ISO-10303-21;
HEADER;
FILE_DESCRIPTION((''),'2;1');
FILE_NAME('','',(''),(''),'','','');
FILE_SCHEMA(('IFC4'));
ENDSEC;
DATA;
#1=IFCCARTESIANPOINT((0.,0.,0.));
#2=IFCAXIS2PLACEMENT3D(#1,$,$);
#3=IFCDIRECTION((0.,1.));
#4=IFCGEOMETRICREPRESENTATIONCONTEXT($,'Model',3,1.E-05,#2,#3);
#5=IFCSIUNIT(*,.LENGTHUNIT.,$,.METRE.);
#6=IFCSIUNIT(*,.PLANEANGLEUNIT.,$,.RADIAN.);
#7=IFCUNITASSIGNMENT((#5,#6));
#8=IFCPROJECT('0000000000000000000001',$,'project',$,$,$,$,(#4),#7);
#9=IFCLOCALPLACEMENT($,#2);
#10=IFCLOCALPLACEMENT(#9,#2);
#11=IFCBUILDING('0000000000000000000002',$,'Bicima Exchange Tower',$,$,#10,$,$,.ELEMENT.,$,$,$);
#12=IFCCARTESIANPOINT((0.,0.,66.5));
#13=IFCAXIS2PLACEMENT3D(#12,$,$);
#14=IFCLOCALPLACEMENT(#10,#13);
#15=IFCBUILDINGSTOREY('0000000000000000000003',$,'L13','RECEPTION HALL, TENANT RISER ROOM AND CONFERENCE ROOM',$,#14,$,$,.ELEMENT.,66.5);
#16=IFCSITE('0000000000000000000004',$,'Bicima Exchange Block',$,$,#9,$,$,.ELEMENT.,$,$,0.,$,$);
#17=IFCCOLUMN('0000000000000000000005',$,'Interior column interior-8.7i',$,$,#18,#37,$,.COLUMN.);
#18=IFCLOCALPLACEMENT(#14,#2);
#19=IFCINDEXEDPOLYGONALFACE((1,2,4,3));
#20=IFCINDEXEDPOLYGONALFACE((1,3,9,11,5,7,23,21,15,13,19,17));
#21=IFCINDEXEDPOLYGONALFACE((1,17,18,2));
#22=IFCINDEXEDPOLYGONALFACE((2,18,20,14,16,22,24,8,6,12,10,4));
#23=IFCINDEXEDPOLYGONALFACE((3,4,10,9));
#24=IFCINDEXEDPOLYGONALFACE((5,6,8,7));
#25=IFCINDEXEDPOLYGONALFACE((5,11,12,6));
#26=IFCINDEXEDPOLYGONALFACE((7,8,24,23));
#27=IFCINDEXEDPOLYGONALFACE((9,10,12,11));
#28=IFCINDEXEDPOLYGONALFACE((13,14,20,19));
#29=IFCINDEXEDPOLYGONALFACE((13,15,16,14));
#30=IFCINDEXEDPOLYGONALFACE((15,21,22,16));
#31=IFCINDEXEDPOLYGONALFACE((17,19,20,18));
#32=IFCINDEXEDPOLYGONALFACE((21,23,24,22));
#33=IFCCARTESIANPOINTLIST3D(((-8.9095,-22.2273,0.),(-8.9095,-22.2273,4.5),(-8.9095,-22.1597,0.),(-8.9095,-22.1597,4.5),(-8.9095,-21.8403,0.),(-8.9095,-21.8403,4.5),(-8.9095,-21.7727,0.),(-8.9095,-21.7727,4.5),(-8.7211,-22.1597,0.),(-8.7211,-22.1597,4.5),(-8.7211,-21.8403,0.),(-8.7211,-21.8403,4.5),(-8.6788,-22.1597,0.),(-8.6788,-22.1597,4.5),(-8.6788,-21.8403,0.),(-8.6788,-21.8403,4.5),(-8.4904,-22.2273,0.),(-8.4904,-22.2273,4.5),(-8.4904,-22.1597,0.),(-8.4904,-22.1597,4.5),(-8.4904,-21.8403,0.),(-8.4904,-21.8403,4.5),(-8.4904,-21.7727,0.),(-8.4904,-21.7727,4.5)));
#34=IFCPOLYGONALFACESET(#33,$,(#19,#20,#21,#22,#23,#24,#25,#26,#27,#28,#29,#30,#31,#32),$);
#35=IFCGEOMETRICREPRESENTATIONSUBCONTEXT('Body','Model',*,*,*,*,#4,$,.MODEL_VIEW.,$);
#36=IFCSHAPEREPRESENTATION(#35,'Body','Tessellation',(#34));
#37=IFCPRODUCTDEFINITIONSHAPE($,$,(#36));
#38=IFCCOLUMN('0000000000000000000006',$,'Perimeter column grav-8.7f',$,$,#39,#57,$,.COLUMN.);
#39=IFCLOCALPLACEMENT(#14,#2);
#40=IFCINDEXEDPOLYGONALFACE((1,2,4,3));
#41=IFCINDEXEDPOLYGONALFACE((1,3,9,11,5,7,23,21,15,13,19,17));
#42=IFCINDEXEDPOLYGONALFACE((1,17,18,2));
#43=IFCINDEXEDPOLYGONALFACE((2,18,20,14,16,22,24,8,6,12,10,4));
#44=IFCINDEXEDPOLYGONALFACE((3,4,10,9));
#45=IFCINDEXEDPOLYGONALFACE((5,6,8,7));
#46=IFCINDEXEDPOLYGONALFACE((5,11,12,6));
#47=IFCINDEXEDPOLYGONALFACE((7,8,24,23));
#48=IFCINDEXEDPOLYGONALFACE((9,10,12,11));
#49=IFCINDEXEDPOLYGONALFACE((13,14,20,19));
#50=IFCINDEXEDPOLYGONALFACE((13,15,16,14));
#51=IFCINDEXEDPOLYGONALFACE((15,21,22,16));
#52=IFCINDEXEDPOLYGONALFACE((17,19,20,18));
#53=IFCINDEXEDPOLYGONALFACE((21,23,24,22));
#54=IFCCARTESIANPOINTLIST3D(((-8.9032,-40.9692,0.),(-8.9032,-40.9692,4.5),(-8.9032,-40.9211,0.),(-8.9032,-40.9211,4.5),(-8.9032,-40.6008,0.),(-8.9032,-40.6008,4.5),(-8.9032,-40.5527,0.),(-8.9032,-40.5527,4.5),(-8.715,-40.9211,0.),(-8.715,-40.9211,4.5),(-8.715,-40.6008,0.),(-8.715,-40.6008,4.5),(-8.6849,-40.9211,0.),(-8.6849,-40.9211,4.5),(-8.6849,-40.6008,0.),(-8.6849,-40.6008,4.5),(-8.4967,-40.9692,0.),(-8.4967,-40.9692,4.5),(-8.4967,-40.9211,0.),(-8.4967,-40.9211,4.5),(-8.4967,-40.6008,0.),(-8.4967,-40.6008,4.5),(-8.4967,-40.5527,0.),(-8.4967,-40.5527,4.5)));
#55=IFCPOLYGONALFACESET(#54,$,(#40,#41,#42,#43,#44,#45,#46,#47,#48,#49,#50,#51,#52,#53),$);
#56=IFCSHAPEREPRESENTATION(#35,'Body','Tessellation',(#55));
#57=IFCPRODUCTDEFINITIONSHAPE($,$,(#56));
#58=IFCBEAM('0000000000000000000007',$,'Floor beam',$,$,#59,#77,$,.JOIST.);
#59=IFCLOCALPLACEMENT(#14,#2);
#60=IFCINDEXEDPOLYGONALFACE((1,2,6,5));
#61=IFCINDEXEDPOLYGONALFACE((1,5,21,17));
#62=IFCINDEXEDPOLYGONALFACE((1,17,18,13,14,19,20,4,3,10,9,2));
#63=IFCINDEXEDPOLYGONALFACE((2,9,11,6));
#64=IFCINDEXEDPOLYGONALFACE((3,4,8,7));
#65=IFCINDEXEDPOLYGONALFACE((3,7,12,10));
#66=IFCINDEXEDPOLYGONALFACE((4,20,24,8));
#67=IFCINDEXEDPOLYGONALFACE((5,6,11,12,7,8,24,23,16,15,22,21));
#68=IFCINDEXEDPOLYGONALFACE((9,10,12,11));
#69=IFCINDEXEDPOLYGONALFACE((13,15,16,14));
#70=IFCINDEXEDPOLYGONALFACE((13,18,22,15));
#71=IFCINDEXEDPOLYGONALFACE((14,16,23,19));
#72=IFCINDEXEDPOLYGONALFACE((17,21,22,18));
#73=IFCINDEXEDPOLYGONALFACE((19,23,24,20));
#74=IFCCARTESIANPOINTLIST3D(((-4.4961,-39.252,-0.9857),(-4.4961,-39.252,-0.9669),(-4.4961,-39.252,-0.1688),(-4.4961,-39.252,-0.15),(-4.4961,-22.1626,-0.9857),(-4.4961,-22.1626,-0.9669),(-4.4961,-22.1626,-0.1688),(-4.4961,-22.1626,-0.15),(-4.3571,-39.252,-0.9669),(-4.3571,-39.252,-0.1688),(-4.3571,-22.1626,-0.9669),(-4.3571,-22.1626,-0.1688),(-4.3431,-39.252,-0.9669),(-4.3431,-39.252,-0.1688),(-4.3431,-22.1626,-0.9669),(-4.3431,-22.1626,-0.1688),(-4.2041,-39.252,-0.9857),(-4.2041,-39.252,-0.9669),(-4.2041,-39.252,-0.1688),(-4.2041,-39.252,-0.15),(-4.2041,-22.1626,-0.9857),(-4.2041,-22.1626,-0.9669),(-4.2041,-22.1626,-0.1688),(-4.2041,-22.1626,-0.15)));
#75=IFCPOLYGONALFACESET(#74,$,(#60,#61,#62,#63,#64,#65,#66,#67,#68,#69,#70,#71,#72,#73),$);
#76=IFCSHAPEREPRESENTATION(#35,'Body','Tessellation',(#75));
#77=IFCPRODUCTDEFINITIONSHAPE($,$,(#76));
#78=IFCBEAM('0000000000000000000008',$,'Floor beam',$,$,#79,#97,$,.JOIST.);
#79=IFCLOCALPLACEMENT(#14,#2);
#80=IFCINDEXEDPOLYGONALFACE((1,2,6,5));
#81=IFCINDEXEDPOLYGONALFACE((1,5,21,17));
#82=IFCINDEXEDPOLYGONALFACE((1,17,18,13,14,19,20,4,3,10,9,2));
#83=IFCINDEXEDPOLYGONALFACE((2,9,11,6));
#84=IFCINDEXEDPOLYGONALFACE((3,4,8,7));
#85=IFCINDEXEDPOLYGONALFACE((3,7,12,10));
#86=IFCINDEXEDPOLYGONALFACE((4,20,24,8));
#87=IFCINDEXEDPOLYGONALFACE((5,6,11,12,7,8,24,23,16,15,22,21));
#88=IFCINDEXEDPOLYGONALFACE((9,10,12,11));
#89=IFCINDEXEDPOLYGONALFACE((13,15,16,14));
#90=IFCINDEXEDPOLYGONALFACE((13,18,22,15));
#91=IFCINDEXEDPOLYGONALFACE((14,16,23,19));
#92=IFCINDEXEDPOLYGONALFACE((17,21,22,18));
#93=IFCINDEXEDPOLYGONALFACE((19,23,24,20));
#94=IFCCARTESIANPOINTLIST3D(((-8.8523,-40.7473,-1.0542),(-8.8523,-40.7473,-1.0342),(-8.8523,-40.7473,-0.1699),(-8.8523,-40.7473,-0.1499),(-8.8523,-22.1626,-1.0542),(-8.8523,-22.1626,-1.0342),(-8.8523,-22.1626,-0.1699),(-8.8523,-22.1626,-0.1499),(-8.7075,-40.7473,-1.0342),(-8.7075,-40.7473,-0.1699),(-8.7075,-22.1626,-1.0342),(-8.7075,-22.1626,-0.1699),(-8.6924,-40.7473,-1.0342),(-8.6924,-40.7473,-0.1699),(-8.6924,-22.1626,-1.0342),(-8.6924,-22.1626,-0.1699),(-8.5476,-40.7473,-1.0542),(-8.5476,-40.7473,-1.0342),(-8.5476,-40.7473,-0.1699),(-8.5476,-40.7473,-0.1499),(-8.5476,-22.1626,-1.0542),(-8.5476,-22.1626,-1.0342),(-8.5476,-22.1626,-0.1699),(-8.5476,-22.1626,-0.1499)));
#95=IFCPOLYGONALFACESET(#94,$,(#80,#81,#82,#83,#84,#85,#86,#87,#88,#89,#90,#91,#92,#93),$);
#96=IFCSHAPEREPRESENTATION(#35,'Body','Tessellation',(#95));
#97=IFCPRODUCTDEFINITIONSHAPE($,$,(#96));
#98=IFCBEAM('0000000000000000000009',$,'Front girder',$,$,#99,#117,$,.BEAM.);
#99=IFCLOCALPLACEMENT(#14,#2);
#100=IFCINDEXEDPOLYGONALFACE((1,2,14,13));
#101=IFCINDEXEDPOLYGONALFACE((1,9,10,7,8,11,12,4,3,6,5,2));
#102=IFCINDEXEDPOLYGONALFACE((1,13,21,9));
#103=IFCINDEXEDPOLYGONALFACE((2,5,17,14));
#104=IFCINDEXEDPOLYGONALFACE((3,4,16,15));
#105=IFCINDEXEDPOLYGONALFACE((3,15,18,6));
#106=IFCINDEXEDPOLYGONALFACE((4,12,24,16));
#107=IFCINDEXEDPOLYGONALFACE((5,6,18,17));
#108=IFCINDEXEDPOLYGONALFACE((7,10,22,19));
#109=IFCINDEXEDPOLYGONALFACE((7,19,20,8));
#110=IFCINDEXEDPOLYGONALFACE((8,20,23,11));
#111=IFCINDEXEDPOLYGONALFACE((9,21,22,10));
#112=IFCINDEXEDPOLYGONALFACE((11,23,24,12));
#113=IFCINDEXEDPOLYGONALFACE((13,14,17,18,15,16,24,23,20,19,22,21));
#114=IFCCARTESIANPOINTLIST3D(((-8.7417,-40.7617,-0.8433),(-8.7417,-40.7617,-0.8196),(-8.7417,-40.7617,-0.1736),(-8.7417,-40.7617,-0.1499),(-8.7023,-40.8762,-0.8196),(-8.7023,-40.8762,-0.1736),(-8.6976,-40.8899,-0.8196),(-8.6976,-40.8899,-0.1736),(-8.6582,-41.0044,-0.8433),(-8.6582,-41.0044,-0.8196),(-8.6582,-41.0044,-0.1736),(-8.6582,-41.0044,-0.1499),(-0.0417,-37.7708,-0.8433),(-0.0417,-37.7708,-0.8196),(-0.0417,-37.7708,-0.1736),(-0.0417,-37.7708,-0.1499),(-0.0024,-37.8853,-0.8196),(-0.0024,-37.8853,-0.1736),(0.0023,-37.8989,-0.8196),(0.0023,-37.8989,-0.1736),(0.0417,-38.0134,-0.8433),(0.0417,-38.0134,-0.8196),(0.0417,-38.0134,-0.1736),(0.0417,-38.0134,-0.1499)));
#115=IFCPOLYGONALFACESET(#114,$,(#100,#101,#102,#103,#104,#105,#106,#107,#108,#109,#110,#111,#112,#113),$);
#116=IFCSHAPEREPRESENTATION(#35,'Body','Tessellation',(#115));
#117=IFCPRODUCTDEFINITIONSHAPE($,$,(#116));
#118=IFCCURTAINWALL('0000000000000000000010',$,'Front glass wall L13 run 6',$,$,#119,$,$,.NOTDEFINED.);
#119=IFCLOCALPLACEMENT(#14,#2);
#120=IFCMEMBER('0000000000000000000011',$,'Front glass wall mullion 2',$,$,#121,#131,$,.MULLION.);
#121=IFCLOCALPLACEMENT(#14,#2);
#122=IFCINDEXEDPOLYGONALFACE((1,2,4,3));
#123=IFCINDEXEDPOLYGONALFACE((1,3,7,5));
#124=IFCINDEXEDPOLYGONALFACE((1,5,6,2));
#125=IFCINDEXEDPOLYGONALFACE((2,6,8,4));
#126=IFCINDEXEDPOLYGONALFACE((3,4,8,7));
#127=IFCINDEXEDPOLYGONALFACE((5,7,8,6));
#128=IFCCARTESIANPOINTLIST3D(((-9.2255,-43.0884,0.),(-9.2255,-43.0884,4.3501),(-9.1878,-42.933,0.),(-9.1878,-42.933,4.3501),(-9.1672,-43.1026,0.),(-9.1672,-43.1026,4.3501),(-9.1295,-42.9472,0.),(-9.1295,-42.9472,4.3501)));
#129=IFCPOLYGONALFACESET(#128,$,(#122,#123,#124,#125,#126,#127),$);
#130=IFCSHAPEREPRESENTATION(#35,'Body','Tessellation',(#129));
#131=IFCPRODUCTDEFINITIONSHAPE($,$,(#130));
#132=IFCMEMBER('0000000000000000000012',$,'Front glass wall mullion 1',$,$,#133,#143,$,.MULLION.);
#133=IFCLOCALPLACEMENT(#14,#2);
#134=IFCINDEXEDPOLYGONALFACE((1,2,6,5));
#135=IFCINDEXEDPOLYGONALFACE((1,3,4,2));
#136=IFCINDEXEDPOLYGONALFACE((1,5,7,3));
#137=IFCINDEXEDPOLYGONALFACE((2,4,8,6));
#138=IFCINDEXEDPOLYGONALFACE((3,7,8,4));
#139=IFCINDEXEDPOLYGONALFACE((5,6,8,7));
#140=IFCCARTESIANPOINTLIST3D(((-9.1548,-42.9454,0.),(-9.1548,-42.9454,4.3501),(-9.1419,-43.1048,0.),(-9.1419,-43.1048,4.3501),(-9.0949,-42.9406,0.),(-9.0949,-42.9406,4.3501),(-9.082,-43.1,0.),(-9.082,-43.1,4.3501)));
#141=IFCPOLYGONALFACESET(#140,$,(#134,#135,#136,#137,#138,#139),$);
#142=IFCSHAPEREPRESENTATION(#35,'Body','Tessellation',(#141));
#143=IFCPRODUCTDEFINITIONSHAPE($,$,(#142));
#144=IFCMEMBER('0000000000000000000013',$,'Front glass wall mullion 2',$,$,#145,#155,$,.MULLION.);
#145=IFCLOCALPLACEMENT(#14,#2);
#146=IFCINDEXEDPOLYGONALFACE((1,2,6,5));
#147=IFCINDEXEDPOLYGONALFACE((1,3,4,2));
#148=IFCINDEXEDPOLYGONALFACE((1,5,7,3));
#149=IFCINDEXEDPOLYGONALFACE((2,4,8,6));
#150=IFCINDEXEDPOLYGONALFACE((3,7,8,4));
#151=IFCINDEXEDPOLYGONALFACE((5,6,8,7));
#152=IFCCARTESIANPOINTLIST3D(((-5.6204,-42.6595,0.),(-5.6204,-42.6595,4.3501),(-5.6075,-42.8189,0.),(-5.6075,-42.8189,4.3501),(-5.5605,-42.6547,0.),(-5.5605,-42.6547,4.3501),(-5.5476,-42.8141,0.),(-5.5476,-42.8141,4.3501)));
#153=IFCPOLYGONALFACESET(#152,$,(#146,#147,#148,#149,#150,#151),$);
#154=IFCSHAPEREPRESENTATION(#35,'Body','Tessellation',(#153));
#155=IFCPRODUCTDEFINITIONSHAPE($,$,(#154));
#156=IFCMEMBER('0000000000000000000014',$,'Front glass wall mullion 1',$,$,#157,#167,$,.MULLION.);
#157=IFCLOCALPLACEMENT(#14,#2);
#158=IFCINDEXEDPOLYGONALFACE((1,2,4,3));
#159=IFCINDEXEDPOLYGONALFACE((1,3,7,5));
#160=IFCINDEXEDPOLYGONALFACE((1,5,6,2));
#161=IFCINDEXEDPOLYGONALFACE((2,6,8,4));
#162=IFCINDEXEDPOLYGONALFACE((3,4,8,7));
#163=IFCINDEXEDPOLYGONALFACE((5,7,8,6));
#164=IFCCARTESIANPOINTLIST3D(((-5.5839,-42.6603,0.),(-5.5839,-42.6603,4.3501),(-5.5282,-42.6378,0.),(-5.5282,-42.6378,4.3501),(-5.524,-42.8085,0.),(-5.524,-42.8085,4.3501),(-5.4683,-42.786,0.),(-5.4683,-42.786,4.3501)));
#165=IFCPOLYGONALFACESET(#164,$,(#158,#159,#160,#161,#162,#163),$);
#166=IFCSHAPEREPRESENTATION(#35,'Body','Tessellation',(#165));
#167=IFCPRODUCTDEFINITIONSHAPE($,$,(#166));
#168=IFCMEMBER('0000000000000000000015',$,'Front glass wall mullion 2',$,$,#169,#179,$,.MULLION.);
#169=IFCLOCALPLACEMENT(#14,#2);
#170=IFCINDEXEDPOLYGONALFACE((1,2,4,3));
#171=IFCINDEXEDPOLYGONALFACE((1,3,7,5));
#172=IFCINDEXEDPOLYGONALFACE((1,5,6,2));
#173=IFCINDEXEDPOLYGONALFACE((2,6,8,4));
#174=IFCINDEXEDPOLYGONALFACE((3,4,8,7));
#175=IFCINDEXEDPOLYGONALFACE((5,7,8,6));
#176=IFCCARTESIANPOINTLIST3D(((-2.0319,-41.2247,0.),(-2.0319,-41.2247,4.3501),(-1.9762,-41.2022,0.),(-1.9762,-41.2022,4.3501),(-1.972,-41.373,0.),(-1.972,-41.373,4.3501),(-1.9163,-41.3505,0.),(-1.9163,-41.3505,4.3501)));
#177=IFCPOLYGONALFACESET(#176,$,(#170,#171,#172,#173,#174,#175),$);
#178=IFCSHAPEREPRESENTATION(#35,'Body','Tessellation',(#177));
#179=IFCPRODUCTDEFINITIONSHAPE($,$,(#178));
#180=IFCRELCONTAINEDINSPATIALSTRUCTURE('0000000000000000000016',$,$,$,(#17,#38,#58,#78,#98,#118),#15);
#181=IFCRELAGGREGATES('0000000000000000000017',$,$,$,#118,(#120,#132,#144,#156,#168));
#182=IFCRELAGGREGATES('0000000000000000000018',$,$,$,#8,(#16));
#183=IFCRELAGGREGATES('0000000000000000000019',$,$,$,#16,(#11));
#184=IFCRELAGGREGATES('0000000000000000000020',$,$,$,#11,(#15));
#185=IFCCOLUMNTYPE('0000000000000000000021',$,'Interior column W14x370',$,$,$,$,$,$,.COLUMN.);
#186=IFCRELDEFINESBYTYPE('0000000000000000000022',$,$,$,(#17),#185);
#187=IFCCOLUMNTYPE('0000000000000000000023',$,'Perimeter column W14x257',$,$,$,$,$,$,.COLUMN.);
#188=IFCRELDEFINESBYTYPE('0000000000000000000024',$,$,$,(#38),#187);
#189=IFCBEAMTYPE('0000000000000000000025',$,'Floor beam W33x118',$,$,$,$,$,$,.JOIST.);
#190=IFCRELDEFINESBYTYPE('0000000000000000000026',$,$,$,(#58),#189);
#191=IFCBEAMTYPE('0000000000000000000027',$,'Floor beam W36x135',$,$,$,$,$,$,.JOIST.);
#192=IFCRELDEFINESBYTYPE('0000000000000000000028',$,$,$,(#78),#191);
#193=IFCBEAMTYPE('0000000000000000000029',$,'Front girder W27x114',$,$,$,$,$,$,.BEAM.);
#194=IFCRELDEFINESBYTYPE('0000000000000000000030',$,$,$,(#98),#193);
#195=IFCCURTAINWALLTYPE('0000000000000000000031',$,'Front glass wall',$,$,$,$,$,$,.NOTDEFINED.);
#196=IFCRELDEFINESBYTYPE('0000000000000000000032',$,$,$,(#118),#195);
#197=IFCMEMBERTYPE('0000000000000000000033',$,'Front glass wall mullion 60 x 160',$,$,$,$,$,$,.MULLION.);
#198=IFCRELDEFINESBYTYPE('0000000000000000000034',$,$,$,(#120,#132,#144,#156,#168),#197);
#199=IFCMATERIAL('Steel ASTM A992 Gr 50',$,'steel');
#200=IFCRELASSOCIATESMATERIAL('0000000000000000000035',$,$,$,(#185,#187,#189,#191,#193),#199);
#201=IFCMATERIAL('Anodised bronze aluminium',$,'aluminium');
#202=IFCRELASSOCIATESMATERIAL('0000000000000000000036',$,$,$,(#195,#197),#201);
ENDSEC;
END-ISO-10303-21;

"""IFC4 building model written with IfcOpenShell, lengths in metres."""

from ifc_helpers import new_model, si_unit, direction, frame, origin, origin_2d, place, context, subcontext, project, spatial, rectangle, i_section, extrude, material, material_profile, profile_set, type_object, element, aggregate, save


model = new_model("IFC4")

# Units and contexts
model_context = context("Model", 3, precision=1e-05, world=origin(), true_north=direction((0.0, 1.0)))
body_context = subcontext(model_context, "Body", "Model", "MODEL_VIEW")
ifc_project = project(units=[si_unit("LENGTHUNIT", "METRE"), si_unit("PLANEANGLEUNIT", "RADIAN")], contexts=[model_context])

# Site, building, storey
site_placement = place(None, origin())
site = spatial("IfcSite", under=ifc_project, at=site_placement, Name="Bicima Exchange Block", CompositionType="ELEMENT", RefElevation=0.0)
building_placement = place(site_placement, origin())
building = spatial("IfcBuilding", under=site, at=building_placement, Name="Bicima Exchange Tower", CompositionType="ELEMENT")
storey_placement = place(building_placement, frame((0.0, 0.0, 66.5)))
storey = spatial("IfcBuildingStorey", under=building, at=storey_placement, Name="L13", Description="RECEPTION HALL, TENANT RISER ROOM AND CONFERENCE ROOM", CompositionType="ELEMENT", Elevation=66.5)

# Columns
ifc_material_1 = material(Name="Steel ASTM A992 Gr 50", Category="steel")
ifc_material_profile_1 = material_profile(ifc_material_1, i_section(OverallWidth=0.4192, OverallDepth=0.4546, WebThickness=0.0422, FlangeThickness=0.0676, at=origin_2d()))
ifc_profile_set_1 = profile_set([ifc_material_profile_1], Name="Steel ASTM A992 Gr 50")
column_type_1 = type_object("IfcColumnType", Name="Interior column W14x370", PredefinedType="COLUMN", material=ifc_profile_set_1)
column_1_placement = place(storey_placement, frame((-8.7, -22.0, 0.0), z_axis=(0.0, 0.0, 1.0), x_axis=(1.0, 0.0, 0.0)))
element("IfcColumn", 1, at=column_1_placement, inside=storey, type_object=column_type_1, Name="Interior column interior-8.7i", PredefinedType="COLUMN", context=body_context, shape_type="SweptSolid", body=[
    extrude(i_section(OverallWidth=0.4192, OverallDepth=0.4546, WebThickness=0.0422, FlangeThickness=0.0676, at=origin_2d()), origin(), (0.0, 0.0, 1.0), 4.5),
])
ifc_material_profile_2 = material_profile(ifc_material_1, i_section(OverallWidth=0.4065, OverallDepth=0.4165, WebThickness=0.03, FlangeThickness=0.0481, at=origin_2d()))
ifc_profile_set_2 = profile_set([ifc_material_profile_2], Name="Steel ASTM A992 Gr 50")
column_type_2 = type_object("IfcColumnType", Name="Perimeter column W14x257", PredefinedType="COLUMN", material=ifc_profile_set_2)
column_2_placement = place(storey_placement, frame((-8.7, -40.761, 0.0), z_axis=(0.0, 0.0, 1.0), x_axis=(1.0, 0.0, 0.0)))
element("IfcColumn", 2, at=column_2_placement, inside=storey, type_object=column_type_2, Name="Perimeter column grav-8.7f", PredefinedType="COLUMN", context=body_context, shape_type="SweptSolid", body=[
    extrude(i_section(OverallWidth=0.4065, OverallDepth=0.4165, WebThickness=0.03, FlangeThickness=0.0481, at=origin_2d()), origin(), (0.0, 0.0, 1.0), 4.5),
])

# Beams
ifc_material_profile_3 = material_profile(ifc_material_1, i_section(OverallWidth=0.292, OverallDepth=0.8357, WebThickness=0.0139, FlangeThickness=0.0188, at=origin_2d()))
ifc_profile_set_3 = profile_set([ifc_material_profile_3], Name="Steel ASTM A992 Gr 50")
beam_type_1 = type_object("IfcBeamType", Name="Floor beam W33x118", PredefinedType="JOIST", material=ifc_profile_set_3)
beam_1_placement = place(storey_placement, frame((-4.3501, -22.1626, -0.5679), z_axis=(0.0, -1.0, 0.0), x_axis=(1.0, 0.0, 0.0)))
element("IfcBeam", 3, at=beam_1_placement, inside=storey, type_object=beam_type_1, Name="Floor beam", PredefinedType="JOIST", context=body_context, shape_type="SweptSolid", body=[
    extrude(i_section(OverallWidth=0.292, OverallDepth=0.8357, WebThickness=0.0139, FlangeThickness=0.0188, at=origin_2d()), origin(), (0.0, 0.0, 1.0), 17.0894),
])
ifc_material_profile_4 = material_profile(ifc_material_1, i_section(OverallWidth=0.3047, OverallDepth=0.9043, WebThickness=0.0151, FlangeThickness=0.02, at=origin_2d()))
ifc_profile_set_4 = profile_set([ifc_material_profile_4], Name="Steel ASTM A992 Gr 50")
beam_type_2 = type_object("IfcBeamType", Name="Floor beam W36x135", PredefinedType="JOIST", material=ifc_profile_set_4)
beam_2_placement = place(storey_placement, frame((-8.7, -22.1626, -0.6021), z_axis=(0.0, -1.0, 0.0), x_axis=(1.0, 0.0, 0.0)))
element("IfcBeam", 4, at=beam_2_placement, inside=storey, type_object=beam_type_2, Name="Floor beam", PredefinedType="JOIST", context=body_context, shape_type="SweptSolid", body=[
    extrude(i_section(OverallWidth=0.3047, OverallDepth=0.9043, WebThickness=0.0151, FlangeThickness=0.02, at=origin_2d()), origin(), (0.0, 0.0, 1.0), 18.5847),
])
ifc_material_profile_5 = material_profile(ifc_material_1, i_section(OverallWidth=0.2566, OverallDepth=0.6934, WebThickness=0.0144, FlangeThickness=0.0237, at=origin_2d()))
ifc_profile_set_5 = profile_set([ifc_material_profile_5], Name="Steel ASTM A992 Gr 50")
beam_type_3 = type_object("IfcBeamType", Name="Front girder W27x114", PredefinedType="BEAM", material=ifc_profile_set_5)
beam_3_placement = place(storey_placement, frame((-8.7, -40.8831, -0.4966), z_axis=(0.945675, 0.325115, 0.0), x_axis=(-0.325115, 0.945675, 0.0)))
element("IfcBeam", 5, at=beam_3_placement, inside=storey, type_object=beam_type_3, Name="Front girder", PredefinedType="BEAM", context=body_context, shape_type="SweptSolid", body=[
    extrude(i_section(OverallWidth=0.2566, OverallDepth=0.6934, WebThickness=0.0144, FlangeThickness=0.0237, at=origin_2d()), origin(), (0.0, 0.0, 1.0), 9.1997),
])

# Curtain wall, members
ifc_material_2 = material(Name="Anodised bronze aluminium", Category="aluminium")
curtain_wall_type = type_object("IfcCurtainWallType", Name="Front glass wall", PredefinedType="NOTDEFINED", material=ifc_material_2)
curtain_wall_placement = place(storey_placement, origin())
curtain_wall = element("IfcCurtainWall", 6, at=curtain_wall_placement, inside=storey, type_object=curtain_wall_type, Name="Front glass wall L13 run 6", PredefinedType="NOTDEFINED")
ifc_material_profile_6 = material_profile(ifc_material_2, rectangle(XDim=0.1599, YDim=0.0601, at=origin_2d()))
ifc_profile_set_6 = profile_set([ifc_material_profile_6], Name="Anodised bronze aluminium")
member_type_1 = type_object("IfcMemberType", Name="Front glass wall mullion 60 x 160", PredefinedType="MULLION", material=ifc_profile_set_6)
member_1_placement = place(storey_placement, frame((-9.1775, -43.0178, 0.0), z_axis=(0.0, 0.0, 1.0), x_axis=(0.235682, 0.97183, 0.0)))
member_1 = element("IfcMember", 7, at=member_1_placement, type_object=member_type_1, Name="Front glass wall mullion 2", PredefinedType="MULLION", context=body_context, shape_type="SweptSolid", body=[
    extrude(rectangle(XDim=0.1599, YDim=0.0601, at=origin_2d()), origin(), (0.0, 0.0, 1.0), 4.3501),
])
member_2_placement = place(storey_placement, frame((-9.1184, -43.0227, 0.0), z_axis=(0.0, 0.0, 1.0), x_axis=(-0.080589, 0.996747, 0.0)))
member_2 = element("IfcMember", 8, at=member_2_placement, type_object=member_type_1, Name="Front glass wall mullion 1", PredefinedType="MULLION", context=body_context, shape_type="SweptSolid", body=[
    extrude(rectangle(XDim=0.1599, YDim=0.0601, at=origin_2d()), origin(), (0.0, 0.0, 1.0), 4.3501),
])
member_3_placement = place(storey_placement, frame((-5.584, -42.7368, 0.0), z_axis=(0.0, 0.0, 1.0), x_axis=(-0.080589, 0.996747, 0.0)))
member_3 = element("IfcMember", 9, at=member_3_placement, type_object=member_type_1, Name="Front glass wall mullion 2", PredefinedType="MULLION", context=body_context, shape_type="SweptSolid", body=[
    extrude(rectangle(XDim=0.1599, YDim=0.0601, at=origin_2d()), origin(), (0.0, 0.0, 1.0), 4.3501),
])
member_4_placement = place(storey_placement, frame((-5.5261, -42.7231, 0.0), z_axis=(0.0, 0.0, 1.0), x_axis=(-0.374705, 0.927144, 0.0)))
member_4 = element("IfcMember", 10, at=member_4_placement, type_object=member_type_1, Name="Front glass wall mullion 1", PredefinedType="MULLION", context=body_context, shape_type="SweptSolid", body=[
    extrude(rectangle(XDim=0.1599, YDim=0.0601, at=origin_2d()), origin(), (0.0, 0.0, 1.0), 4.3501),
])
member_5_placement = place(storey_placement, frame((-1.9741, -41.2876, 0.0), z_axis=(0.0, 0.0, 1.0), x_axis=(-0.374705, 0.927144, 0.0)))
member_5 = element("IfcMember", 11, at=member_5_placement, type_object=member_type_1, Name="Front glass wall mullion 2", PredefinedType="MULLION", context=body_context, shape_type="SweptSolid", body=[
    extrude(rectangle(XDim=0.1599, YDim=0.0601, at=origin_2d()), origin(), (0.0, 0.0, 1.0), 4.3501),
])

aggregate(curtain_wall, [member_1, member_2, member_3, member_4, member_5])

save(model, "model.ifc")
